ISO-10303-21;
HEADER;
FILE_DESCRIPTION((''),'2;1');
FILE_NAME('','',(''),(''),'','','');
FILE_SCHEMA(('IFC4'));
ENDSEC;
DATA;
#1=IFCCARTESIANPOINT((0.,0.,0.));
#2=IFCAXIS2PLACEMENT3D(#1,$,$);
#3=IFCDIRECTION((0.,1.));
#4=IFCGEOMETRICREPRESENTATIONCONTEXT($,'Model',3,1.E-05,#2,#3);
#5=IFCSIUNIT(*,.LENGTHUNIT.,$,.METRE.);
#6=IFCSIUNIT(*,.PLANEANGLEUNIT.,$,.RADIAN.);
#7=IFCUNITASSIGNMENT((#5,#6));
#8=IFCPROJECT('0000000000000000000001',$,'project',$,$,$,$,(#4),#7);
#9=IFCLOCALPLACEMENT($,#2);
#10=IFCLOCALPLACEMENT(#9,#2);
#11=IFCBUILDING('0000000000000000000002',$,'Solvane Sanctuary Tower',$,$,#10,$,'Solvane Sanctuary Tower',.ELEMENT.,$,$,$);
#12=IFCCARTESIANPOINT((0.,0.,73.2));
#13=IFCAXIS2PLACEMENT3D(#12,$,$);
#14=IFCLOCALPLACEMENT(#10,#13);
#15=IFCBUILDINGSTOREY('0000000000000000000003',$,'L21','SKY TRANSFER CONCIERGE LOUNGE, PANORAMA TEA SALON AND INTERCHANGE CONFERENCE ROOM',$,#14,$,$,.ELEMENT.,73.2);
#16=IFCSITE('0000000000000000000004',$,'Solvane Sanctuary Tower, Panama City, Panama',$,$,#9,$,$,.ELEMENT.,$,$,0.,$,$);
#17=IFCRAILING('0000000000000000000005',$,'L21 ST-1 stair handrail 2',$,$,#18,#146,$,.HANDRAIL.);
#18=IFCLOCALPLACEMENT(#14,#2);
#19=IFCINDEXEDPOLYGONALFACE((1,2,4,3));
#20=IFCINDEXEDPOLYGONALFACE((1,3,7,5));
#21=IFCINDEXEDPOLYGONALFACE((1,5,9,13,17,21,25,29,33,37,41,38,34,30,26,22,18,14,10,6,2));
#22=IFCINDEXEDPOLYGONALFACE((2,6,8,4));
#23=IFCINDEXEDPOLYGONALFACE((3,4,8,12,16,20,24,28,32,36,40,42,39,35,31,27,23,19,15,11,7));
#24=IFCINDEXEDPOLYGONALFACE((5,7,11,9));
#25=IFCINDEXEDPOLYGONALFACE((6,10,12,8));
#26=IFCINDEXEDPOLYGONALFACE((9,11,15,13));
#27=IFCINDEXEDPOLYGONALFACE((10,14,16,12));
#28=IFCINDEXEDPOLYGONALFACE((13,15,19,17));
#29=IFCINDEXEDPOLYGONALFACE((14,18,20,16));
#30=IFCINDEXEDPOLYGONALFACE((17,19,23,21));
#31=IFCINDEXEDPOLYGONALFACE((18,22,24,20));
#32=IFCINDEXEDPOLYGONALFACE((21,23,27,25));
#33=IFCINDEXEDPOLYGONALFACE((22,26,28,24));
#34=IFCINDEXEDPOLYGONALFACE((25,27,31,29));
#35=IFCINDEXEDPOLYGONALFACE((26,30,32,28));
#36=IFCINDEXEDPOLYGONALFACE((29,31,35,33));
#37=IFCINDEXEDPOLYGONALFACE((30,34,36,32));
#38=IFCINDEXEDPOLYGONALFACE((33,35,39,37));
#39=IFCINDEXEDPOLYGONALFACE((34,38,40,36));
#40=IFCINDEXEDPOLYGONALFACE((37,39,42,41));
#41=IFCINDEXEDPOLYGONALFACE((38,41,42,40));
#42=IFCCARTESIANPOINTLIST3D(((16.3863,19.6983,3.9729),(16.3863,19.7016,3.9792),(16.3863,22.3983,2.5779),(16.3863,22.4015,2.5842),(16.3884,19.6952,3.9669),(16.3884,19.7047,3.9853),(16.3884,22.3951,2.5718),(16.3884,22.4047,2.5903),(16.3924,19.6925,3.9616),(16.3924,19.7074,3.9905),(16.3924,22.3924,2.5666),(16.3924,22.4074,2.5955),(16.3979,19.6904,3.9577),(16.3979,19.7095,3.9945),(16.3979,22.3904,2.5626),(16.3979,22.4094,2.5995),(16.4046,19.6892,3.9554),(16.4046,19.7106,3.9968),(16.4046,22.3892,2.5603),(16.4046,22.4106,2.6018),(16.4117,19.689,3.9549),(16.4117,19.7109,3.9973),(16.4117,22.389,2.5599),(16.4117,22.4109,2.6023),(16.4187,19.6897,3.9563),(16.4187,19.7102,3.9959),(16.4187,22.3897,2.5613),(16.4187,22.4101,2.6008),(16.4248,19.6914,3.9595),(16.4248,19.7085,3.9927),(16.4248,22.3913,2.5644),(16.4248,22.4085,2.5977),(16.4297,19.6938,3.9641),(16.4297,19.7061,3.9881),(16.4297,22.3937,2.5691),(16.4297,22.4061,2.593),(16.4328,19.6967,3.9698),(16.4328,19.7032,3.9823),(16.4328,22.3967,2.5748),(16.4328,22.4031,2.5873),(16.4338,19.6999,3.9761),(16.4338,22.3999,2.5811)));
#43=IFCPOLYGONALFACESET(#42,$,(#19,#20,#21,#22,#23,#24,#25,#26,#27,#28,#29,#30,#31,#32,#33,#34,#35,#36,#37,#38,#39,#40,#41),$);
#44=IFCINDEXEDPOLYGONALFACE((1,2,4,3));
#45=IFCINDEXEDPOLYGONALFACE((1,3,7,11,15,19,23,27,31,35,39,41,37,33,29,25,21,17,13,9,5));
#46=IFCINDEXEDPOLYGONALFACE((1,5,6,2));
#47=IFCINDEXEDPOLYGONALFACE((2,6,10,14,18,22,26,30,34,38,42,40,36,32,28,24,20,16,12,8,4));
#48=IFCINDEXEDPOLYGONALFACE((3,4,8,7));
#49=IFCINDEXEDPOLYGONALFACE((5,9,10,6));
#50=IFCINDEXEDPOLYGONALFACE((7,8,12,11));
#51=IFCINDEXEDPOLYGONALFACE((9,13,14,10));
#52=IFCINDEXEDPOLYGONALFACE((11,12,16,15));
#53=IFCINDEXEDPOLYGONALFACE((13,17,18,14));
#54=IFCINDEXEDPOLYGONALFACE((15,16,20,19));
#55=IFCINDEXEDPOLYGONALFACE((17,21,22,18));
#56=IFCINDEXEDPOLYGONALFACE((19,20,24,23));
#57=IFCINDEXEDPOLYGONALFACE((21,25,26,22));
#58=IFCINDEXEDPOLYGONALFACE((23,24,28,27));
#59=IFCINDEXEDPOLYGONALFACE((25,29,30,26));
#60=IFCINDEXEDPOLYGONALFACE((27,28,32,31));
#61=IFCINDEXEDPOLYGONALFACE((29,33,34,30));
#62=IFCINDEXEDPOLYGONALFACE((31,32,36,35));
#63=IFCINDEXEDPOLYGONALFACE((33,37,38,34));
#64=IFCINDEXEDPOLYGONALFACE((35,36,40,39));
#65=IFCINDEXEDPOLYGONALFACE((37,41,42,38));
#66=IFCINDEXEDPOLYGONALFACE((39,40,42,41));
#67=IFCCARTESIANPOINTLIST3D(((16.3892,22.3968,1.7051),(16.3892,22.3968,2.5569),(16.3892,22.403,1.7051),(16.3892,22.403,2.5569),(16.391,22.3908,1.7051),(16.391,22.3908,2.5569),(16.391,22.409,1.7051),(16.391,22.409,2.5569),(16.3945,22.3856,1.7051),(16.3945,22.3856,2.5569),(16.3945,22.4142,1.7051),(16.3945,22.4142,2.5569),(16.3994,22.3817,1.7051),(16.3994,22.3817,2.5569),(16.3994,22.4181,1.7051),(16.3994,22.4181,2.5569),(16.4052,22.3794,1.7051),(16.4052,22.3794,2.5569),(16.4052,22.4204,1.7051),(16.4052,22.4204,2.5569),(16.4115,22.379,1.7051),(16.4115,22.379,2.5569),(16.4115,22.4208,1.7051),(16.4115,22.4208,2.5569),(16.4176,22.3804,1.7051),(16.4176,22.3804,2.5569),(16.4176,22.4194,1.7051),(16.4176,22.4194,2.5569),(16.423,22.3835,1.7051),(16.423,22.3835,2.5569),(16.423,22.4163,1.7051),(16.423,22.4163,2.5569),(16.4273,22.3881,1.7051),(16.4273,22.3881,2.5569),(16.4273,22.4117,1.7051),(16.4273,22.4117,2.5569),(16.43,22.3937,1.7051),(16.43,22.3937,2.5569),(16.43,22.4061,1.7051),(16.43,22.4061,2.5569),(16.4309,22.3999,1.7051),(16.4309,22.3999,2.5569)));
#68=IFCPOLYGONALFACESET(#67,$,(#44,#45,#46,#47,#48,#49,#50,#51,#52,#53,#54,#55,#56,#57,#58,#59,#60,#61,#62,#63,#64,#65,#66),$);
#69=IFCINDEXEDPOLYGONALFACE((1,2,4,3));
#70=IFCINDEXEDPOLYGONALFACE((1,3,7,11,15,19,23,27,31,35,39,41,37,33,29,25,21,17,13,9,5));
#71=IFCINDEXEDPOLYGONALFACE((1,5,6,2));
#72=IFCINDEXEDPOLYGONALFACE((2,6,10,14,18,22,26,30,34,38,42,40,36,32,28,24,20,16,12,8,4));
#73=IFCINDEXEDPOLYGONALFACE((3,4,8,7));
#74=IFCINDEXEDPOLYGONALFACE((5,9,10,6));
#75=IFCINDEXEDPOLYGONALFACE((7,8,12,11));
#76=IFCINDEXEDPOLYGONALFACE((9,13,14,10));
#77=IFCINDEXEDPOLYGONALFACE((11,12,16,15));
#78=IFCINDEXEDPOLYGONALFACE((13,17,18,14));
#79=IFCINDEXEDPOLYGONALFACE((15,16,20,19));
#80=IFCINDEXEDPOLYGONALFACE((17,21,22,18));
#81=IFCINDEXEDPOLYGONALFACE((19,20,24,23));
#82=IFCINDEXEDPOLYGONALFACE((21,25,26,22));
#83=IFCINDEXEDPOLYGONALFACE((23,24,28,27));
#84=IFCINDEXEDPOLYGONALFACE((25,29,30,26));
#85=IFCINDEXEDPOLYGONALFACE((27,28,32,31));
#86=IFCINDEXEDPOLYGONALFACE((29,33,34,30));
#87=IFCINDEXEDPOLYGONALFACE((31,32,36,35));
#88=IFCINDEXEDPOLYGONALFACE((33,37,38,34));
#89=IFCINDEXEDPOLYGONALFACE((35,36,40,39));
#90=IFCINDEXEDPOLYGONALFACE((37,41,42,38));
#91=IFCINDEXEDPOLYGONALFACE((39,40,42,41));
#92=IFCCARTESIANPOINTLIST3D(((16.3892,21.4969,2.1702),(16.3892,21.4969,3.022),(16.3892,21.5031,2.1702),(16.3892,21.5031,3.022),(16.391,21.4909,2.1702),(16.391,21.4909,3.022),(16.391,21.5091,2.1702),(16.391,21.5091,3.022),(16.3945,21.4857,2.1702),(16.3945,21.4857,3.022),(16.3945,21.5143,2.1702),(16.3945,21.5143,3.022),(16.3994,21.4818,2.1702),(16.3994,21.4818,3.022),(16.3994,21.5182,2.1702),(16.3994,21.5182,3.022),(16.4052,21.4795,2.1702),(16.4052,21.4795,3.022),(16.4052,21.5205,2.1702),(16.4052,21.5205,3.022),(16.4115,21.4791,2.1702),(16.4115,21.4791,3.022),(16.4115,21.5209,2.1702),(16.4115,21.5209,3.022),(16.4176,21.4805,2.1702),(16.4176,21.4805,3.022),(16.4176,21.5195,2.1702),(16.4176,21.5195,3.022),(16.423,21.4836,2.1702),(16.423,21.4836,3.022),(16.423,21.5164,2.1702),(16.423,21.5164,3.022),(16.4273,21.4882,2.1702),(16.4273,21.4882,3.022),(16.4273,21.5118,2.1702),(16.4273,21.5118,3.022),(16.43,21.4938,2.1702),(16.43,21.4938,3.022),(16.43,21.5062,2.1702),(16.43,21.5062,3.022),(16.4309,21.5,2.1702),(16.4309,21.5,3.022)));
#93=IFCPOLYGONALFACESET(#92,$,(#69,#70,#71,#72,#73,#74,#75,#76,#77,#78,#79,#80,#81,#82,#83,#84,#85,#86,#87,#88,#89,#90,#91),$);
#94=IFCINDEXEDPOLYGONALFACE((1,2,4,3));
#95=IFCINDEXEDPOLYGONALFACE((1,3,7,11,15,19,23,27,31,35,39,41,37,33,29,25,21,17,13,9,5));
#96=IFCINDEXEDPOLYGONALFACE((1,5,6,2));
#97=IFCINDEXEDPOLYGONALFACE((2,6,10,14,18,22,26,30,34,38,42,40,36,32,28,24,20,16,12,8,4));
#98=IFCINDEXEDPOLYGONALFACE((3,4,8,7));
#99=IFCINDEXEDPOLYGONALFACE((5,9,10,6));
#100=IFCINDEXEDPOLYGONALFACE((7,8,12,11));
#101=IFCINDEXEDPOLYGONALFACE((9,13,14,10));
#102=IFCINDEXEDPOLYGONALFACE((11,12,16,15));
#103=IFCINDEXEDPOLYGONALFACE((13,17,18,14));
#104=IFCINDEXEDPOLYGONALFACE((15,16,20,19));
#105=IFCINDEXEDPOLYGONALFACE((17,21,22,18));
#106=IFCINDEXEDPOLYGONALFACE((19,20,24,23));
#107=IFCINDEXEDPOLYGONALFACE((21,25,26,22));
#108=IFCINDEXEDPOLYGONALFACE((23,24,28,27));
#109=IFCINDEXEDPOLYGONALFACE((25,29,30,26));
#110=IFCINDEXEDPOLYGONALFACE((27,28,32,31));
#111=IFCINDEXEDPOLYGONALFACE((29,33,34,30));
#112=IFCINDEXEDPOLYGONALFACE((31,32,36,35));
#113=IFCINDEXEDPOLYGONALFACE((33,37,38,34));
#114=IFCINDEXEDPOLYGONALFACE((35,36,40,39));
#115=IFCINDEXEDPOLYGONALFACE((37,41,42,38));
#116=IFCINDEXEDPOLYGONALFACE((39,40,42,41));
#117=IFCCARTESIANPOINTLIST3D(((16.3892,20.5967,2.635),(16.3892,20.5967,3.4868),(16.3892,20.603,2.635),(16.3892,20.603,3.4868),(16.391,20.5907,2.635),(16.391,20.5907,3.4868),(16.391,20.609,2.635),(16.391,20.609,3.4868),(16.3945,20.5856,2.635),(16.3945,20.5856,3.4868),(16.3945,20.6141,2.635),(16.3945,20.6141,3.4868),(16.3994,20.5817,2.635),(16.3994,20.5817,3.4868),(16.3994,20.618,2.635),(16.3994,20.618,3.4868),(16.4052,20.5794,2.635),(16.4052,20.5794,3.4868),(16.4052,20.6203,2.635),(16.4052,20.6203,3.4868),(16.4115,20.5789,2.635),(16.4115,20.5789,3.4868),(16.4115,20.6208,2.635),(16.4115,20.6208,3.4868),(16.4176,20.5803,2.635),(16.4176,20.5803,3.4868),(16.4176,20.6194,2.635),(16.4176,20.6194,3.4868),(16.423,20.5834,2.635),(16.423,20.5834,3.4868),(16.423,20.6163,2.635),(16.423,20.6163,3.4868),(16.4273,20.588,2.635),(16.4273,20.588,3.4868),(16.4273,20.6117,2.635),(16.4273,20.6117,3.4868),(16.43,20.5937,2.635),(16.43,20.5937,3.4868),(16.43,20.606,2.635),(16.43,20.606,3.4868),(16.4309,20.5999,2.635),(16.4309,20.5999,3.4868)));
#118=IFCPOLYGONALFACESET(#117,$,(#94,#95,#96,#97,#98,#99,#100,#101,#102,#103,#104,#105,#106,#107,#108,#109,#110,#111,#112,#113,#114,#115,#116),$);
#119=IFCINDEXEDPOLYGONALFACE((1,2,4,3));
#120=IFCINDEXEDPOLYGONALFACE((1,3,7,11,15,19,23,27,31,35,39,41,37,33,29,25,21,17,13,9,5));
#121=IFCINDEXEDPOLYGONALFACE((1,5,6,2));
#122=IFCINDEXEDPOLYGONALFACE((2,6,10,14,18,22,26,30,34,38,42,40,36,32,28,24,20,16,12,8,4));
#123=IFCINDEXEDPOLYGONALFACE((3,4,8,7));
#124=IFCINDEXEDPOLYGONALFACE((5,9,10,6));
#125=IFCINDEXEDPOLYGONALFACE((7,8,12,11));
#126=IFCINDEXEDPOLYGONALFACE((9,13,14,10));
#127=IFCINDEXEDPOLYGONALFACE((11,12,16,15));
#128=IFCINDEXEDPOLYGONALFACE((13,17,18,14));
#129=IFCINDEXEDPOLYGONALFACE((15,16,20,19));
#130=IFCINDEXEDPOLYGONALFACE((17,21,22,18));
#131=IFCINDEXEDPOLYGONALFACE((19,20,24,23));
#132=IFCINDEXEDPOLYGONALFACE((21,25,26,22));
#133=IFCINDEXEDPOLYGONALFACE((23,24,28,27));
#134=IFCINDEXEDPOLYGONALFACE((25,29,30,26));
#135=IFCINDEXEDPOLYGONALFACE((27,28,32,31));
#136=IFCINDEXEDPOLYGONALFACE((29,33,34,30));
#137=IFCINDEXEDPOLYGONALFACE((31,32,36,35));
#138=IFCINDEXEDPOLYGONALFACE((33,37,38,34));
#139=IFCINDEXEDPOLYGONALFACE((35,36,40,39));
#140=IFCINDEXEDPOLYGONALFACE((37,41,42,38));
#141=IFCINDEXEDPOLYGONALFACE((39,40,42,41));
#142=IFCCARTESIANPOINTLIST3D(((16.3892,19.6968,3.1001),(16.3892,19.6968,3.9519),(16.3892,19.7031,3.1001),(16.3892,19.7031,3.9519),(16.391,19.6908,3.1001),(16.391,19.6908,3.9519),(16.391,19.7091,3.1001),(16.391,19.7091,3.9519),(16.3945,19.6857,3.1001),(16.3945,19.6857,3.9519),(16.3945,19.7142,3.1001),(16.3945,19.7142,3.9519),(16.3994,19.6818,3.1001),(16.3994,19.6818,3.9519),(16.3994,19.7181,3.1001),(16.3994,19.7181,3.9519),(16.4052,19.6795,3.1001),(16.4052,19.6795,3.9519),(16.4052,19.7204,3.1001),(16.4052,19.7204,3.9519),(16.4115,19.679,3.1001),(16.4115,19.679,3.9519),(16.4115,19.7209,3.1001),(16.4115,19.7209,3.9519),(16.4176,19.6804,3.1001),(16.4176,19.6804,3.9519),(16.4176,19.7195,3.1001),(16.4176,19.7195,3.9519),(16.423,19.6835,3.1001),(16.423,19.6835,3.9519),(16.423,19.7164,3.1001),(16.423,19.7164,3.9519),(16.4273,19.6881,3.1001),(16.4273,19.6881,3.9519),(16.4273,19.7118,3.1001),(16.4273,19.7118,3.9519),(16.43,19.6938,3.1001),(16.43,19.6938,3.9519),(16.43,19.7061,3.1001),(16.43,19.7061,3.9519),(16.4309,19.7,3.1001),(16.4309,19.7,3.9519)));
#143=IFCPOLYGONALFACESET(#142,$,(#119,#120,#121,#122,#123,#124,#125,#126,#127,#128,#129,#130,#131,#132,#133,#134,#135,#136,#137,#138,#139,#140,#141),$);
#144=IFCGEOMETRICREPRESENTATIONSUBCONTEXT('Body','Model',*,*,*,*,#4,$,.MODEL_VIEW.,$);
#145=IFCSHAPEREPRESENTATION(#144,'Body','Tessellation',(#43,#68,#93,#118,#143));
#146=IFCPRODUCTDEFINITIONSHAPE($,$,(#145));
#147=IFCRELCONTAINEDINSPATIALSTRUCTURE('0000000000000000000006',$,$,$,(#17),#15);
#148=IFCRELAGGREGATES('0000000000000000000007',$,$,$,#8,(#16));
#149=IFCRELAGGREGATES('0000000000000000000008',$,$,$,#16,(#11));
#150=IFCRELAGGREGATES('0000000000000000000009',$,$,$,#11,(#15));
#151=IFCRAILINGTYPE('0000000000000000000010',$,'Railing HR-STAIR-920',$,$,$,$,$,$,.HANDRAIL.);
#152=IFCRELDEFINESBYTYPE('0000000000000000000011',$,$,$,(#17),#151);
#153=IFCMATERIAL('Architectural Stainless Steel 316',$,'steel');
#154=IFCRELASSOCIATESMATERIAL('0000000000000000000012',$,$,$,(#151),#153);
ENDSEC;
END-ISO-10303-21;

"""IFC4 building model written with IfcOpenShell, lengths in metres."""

from ifc_helpers import new_model, si_unit, direction, frame, origin, origin_2d, place, context, subcontext, project, spatial, circle, extrude, material, type_object, element, save


model = new_model("IFC4")

# Units and contexts
model_context = context("Model", 3, precision=1e-05, world=origin(), true_north=direction((0.0, 1.0)))
body_context = subcontext(model_context, "Body", "Model", "MODEL_VIEW")
ifc_project = project(units=[si_unit("LENGTHUNIT", "METRE"), si_unit("PLANEANGLEUNIT", "RADIAN")], contexts=[model_context])

# Site, building, storey
site_placement = place(None, origin())
site = spatial("IfcSite", under=ifc_project, at=site_placement, Name="Solvane Sanctuary Tower, Panama City, Panama", CompositionType="ELEMENT", RefElevation=0.0)
building_placement = place(site_placement, origin())
building = spatial("IfcBuilding", under=site, at=building_placement, Name="Solvane Sanctuary Tower", LongName="Solvane Sanctuary Tower", CompositionType="ELEMENT")
storey_placement = place(building_placement, frame((0.0, 0.0, 73.2)))
storey = spatial("IfcBuildingStorey", under=building, at=storey_placement, Name="L21", Description="SKY TRANSFER CONCIERGE LOUNGE, PANORAMA TEA SALON AND INTERCHANGE CONFERENCE ROOM", CompositionType="ELEMENT", Elevation=73.2)

# Shared definitions
ifc_material_1 = material(Name="Architectural Stainless Steel 316", Category="steel")

# Railing
railing_type_1 = type_object("IfcRailingType", Name="Railing HR-STAIR-920", PredefinedType="HANDRAIL", material=ifc_material_1)
railing_1_placement = place(storey_placement, frame((16.4099, 22.3999, 1.7051)))
element("IfcRailing", 1, at=railing_1_placement, inside=storey, type_object=railing_type_1, Name="L21 ST-1 stair handrail 2", PredefinedType="HANDRAIL", context=body_context, shape_type="SweptSolid", body=[
    extrude(circle(Radius=0.0239, at=origin_2d()), frame((0.0, 0.0, 0.876), z_axis=(0.0, -0.88842, 0.459032), x_axis=(1.0, 0.0, 0.0)), (0.0, 0.0, 1.0), 3.0391),
    extrude(circle(Radius=0.021, at=origin_2d()), origin(), (0.0, 0.0, 1.0), 0.8518),
    extrude(circle(Radius=0.021, at=origin_2d()), frame((0.0, -0.8999, 0.4651)), (0.0, 0.0, 1.0), 0.8518),
    extrude(circle(Radius=0.021, at=origin_2d()), frame((0.0, -1.8, 0.9299)), (0.0, 0.0, 1.0), 0.8518),
    extrude(circle(Radius=0.021, at=origin_2d()), frame((0.0, -2.7, 1.395)), (0.0, 0.0, 1.0), 0.8518),
])

save(model, "model.ifc")
